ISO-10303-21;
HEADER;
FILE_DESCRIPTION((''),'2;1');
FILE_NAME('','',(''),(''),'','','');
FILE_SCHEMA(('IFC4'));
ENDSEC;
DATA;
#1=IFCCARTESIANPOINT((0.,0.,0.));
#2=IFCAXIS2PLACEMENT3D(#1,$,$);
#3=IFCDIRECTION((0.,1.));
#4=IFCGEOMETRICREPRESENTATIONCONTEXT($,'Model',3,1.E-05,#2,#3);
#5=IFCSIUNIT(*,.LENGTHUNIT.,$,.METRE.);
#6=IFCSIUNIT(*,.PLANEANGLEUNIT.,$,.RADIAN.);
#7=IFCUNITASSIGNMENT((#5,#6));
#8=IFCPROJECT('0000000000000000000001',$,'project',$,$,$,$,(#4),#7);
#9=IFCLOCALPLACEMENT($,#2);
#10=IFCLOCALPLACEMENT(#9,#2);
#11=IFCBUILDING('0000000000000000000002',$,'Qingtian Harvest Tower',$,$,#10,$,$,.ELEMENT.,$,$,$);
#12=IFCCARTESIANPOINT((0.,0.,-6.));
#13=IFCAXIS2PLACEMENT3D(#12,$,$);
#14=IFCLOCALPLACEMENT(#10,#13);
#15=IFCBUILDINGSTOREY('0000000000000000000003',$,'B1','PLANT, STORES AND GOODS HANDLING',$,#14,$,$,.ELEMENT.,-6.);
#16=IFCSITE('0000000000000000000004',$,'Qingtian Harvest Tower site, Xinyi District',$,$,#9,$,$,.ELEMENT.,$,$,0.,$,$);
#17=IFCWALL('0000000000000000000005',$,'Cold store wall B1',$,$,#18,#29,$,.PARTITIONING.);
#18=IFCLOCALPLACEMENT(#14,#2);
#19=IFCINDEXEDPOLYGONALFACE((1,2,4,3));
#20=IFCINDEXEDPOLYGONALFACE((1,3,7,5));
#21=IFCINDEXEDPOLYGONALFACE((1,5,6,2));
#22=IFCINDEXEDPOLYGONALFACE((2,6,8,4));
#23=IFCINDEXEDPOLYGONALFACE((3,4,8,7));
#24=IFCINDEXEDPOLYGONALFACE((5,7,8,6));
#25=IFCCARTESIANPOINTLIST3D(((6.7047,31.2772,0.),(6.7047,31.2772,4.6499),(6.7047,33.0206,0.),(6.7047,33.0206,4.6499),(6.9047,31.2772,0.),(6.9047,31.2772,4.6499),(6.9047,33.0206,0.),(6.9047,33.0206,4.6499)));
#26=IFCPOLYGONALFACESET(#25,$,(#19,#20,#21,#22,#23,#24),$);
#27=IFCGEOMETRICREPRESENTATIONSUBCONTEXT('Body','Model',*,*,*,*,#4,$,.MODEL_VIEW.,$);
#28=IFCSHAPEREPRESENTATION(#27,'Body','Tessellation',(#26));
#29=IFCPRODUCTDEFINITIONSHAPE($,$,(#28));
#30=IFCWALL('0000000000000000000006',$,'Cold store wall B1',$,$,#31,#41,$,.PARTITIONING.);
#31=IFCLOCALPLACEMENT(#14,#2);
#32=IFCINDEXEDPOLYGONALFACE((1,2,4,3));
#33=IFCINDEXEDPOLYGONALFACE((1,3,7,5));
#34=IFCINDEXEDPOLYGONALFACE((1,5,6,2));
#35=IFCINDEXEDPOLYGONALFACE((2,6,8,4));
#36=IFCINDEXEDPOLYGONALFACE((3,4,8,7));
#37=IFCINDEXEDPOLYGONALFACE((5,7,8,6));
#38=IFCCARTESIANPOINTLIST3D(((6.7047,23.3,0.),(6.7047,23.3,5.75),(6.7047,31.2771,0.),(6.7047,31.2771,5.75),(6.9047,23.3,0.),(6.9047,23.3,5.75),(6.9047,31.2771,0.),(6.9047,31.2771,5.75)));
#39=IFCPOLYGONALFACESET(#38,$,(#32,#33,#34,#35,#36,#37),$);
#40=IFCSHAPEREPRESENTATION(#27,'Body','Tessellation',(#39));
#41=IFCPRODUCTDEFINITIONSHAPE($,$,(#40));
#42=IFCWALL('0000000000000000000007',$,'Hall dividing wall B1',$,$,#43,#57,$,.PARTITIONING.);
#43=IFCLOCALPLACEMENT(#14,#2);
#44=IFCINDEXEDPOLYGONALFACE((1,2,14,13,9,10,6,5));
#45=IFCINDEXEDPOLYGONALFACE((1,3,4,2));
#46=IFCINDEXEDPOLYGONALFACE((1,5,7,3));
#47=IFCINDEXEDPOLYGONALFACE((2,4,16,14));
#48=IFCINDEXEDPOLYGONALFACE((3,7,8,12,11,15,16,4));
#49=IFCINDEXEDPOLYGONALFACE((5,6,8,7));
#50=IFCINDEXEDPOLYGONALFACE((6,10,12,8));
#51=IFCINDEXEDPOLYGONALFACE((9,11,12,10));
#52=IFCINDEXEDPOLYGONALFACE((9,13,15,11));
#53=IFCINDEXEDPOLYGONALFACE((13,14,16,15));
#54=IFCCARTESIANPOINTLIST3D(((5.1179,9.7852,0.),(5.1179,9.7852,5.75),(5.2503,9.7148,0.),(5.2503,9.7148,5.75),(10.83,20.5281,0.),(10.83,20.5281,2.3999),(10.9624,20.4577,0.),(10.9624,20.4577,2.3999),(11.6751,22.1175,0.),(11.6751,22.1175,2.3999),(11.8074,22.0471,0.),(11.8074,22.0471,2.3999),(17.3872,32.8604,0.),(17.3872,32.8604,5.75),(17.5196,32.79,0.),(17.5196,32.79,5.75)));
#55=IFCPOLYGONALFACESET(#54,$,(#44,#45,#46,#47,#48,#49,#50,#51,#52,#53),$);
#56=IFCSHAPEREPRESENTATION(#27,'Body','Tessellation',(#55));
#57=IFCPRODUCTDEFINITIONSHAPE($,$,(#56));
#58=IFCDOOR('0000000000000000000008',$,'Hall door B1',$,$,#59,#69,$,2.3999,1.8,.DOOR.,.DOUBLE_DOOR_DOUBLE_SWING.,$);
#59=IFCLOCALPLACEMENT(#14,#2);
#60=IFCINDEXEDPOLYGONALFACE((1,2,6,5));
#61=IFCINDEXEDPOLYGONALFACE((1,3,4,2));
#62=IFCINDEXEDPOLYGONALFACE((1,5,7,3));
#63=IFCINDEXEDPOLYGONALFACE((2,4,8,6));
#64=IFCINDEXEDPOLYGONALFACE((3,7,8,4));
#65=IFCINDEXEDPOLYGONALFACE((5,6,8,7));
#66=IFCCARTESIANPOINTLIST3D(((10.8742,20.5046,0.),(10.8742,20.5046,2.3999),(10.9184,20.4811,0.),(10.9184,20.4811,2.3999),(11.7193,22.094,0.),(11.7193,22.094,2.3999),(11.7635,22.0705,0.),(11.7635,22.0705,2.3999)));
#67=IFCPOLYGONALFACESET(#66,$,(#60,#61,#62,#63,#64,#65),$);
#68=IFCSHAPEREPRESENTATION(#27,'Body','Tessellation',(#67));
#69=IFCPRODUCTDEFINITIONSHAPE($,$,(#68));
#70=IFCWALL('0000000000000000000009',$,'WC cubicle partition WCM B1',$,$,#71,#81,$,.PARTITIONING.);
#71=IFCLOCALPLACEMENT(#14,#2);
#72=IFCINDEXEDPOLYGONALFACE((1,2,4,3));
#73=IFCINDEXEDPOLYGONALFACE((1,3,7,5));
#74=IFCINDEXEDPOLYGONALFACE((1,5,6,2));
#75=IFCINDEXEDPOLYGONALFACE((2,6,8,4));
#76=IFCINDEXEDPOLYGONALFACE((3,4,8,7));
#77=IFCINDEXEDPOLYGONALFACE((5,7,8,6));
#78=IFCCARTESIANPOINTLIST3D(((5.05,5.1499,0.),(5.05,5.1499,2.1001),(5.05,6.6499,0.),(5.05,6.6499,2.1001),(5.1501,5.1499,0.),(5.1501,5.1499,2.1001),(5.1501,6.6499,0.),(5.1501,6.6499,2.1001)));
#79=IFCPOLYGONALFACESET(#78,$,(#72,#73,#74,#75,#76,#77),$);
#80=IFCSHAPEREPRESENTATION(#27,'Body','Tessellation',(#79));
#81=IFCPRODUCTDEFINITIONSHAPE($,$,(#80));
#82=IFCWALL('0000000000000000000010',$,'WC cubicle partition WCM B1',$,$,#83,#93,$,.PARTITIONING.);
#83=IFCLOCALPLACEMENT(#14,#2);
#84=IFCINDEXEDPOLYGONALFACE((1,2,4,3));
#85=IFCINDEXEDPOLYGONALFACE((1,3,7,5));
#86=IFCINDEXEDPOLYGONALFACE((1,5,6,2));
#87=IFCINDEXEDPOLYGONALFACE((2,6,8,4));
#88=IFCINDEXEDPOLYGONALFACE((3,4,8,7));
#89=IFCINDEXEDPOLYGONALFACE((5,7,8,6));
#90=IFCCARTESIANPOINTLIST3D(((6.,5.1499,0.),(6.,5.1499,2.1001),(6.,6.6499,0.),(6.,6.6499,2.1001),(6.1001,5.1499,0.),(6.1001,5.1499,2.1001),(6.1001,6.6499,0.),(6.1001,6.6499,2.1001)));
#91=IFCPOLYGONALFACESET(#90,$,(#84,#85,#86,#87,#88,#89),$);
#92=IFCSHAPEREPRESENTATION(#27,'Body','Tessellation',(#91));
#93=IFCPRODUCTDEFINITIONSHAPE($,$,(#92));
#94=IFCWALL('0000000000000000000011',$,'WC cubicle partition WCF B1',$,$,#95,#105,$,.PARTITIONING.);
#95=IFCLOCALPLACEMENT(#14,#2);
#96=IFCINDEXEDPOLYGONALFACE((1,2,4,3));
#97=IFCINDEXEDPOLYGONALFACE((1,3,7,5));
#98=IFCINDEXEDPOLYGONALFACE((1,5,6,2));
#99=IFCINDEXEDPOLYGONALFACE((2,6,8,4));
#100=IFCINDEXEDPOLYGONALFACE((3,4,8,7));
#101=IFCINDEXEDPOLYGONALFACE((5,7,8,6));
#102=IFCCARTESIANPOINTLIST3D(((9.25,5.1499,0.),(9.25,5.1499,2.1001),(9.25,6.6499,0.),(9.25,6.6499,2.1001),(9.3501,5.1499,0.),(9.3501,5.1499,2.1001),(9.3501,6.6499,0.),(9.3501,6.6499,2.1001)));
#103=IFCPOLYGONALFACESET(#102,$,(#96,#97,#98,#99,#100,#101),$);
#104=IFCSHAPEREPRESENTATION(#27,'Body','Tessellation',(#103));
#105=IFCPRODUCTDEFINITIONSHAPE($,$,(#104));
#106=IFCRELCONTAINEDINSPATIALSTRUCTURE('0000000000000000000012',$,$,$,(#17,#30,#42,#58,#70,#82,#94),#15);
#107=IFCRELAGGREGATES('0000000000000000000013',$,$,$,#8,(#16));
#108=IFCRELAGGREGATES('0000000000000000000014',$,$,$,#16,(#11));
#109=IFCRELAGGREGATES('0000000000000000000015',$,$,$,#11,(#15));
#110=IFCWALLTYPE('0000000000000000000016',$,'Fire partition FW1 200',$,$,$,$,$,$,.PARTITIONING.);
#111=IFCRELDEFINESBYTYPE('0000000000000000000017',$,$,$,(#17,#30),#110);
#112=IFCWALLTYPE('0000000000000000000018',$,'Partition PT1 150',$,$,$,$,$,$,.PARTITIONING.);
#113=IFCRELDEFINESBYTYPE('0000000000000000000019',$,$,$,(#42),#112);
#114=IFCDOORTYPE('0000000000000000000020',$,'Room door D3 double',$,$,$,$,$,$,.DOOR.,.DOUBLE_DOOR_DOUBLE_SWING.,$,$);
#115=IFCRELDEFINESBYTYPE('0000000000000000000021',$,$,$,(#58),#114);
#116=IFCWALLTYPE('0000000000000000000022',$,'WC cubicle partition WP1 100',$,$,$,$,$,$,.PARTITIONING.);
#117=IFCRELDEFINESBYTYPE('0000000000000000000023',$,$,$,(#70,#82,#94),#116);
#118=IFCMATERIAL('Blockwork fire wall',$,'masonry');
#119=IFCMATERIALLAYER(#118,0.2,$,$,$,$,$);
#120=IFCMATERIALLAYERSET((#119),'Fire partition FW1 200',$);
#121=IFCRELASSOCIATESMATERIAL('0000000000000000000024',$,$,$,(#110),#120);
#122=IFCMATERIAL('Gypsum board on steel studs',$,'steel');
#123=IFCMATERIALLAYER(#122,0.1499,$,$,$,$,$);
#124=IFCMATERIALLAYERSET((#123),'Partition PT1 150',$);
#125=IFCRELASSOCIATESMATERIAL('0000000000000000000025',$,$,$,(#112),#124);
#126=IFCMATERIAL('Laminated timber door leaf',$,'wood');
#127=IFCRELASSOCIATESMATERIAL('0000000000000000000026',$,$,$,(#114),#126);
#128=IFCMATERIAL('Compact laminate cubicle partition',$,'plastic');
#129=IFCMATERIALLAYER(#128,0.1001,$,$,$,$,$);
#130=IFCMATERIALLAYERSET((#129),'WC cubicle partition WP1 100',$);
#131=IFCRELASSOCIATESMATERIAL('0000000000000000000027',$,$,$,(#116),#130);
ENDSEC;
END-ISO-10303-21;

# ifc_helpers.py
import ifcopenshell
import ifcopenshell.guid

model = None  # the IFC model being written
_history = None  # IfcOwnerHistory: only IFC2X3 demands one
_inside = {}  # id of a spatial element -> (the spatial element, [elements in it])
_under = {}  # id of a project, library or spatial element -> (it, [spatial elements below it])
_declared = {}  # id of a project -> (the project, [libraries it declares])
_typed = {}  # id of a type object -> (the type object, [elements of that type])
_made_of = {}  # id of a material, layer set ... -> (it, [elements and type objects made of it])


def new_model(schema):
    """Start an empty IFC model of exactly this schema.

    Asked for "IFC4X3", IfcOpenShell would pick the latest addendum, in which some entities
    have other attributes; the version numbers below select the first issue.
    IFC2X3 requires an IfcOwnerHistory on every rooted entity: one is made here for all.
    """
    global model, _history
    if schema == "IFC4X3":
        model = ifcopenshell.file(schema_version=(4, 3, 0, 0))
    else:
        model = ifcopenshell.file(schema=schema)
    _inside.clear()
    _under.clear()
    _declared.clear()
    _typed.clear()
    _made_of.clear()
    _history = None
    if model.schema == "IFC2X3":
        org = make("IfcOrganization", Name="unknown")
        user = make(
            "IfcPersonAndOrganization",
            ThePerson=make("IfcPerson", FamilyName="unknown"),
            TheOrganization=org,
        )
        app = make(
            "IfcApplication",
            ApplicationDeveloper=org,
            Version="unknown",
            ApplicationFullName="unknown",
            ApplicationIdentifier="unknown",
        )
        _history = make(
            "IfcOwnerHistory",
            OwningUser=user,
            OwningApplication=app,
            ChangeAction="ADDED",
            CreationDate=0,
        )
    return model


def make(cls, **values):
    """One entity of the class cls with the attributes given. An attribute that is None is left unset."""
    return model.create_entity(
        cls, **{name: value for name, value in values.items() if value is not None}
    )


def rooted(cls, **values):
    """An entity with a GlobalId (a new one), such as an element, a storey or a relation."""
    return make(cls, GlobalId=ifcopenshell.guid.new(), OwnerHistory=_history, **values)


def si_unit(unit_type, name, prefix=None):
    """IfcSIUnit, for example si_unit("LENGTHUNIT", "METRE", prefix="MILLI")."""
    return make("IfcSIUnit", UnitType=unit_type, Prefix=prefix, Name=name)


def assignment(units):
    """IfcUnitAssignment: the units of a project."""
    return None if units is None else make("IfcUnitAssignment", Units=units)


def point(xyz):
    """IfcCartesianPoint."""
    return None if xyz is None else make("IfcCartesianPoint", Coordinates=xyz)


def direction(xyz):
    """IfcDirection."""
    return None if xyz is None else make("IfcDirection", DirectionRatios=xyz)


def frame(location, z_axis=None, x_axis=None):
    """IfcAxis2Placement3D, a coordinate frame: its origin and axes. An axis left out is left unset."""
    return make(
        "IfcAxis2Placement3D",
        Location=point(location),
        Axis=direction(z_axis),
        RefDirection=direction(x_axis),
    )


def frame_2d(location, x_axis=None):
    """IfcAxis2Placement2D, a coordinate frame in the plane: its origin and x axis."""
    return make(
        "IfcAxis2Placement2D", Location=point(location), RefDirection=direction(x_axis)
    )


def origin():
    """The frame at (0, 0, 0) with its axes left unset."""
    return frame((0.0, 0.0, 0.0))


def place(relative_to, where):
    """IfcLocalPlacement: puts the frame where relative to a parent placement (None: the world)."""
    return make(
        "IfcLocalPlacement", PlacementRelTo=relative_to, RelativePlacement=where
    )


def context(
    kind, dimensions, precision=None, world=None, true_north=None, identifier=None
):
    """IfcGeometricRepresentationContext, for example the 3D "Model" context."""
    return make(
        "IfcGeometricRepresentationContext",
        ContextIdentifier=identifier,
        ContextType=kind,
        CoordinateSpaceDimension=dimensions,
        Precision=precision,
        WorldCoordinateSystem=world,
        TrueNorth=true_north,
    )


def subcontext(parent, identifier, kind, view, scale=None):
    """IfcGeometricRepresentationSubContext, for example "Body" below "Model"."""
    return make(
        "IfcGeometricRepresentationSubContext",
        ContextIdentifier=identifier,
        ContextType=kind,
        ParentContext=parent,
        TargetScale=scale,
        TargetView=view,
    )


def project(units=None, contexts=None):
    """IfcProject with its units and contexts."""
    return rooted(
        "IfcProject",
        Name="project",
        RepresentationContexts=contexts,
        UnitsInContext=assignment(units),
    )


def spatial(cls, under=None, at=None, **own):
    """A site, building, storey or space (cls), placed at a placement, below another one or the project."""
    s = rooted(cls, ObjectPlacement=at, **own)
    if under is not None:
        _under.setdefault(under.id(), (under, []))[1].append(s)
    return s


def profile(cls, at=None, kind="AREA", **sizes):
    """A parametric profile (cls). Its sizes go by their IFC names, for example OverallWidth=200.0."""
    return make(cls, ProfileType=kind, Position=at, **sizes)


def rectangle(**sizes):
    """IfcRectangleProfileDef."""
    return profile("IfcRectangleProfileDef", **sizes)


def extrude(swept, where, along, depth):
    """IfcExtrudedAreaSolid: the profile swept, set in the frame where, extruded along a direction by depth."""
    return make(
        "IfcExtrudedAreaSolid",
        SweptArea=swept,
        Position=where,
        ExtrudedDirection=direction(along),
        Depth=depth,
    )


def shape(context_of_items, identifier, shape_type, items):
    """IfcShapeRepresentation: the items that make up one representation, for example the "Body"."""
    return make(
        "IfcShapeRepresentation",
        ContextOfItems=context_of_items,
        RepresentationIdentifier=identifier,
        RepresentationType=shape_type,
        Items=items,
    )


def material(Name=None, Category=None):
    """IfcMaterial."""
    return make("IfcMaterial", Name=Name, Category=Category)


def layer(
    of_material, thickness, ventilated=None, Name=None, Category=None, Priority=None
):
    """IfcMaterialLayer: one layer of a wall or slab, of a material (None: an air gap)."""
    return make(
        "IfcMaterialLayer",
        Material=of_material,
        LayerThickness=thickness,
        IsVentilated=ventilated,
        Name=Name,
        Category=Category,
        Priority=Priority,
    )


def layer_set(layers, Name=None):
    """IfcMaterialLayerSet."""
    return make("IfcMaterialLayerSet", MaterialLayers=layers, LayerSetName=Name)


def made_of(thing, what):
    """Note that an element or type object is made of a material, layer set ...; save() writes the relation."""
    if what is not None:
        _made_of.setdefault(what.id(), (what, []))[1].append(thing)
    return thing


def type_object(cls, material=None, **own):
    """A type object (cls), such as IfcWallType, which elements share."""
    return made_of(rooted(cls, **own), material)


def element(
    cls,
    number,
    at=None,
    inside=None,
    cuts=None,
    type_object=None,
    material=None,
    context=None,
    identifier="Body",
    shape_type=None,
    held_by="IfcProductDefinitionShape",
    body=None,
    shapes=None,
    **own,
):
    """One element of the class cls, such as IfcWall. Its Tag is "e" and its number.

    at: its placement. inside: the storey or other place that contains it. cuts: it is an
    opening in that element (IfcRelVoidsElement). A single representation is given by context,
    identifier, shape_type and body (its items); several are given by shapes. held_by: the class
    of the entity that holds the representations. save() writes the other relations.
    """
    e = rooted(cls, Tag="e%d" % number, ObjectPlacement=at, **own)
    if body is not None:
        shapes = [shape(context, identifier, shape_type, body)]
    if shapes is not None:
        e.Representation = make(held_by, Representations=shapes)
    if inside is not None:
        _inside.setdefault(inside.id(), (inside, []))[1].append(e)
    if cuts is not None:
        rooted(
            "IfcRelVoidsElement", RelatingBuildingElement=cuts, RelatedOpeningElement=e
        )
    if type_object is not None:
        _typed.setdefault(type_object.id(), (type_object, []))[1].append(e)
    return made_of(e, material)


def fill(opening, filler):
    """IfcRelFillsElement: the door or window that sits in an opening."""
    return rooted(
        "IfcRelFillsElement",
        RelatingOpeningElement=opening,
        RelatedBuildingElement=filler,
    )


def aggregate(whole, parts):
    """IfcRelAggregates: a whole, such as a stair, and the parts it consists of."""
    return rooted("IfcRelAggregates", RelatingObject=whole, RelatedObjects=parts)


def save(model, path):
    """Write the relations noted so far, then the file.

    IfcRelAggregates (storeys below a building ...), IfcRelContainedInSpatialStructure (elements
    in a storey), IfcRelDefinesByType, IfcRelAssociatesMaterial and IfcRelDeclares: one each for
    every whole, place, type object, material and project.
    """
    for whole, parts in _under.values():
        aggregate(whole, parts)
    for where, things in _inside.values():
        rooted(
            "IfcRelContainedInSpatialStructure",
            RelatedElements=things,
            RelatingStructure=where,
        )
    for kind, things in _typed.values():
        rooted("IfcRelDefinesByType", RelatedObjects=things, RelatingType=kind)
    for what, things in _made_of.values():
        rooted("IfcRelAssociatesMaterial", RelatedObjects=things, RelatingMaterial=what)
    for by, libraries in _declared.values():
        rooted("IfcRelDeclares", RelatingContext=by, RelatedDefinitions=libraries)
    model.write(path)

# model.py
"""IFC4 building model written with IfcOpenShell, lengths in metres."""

from ifc_helpers import new_model, si_unit, direction, frame, frame_2d, origin, place, context, subcontext, project, spatial, rectangle, extrude, material, layer, layer_set, type_object, element, fill, save


model = new_model("IFC4")

# Units and contexts
model_context = context("Model", 3, precision=1e-05, world=origin(), true_north=direction((0.0, 1.0)))
body_context = subcontext(model_context, "Body", "Model", "MODEL_VIEW")
ifc_project = project(units=[si_unit("LENGTHUNIT", "METRE"), si_unit("PLANEANGLEUNIT", "RADIAN")], contexts=[model_context])

# Site, building, storey
site_placement = place(None, origin())
site = spatial("IfcSite", under=ifc_project, at=site_placement, Name="Qingtian Harvest Tower site, Xinyi District", CompositionType="ELEMENT", RefElevation=0.0)
building_placement = place(site_placement, origin())
building = spatial("IfcBuilding", under=site, at=building_placement, Name="Qingtian Harvest Tower", CompositionType="ELEMENT")
storey_placement = place(building_placement, frame((0.0, 0.0, -6.0)))
storey = spatial("IfcBuildingStorey", under=building, at=storey_placement, Name="B1", Description="PLANT, STORES AND GOODS HANDLING", CompositionType="ELEMENT", Elevation=-6.0)

# Walls
ifc_material_1 = material(Name="Blockwork fire wall", Category="masonry")
ifc_layer_1 = layer(ifc_material_1, 0.2)
ifc_layer_set_1 = layer_set([ifc_layer_1], Name="Fire partition FW1 200")
wall_type_1 = type_object("IfcWallType", Name="Fire partition FW1 200", PredefinedType="PARTITIONING", material=ifc_layer_set_1)
wall_1_placement = place(storey_placement, frame((6.8047, 33.0205, 0.0), z_axis=(0.0, 0.0, 1.0), x_axis=(0.0, -1.0, 0.0)))
element("IfcWall", 1, at=wall_1_placement, inside=storey, type_object=wall_type_1, Name="Cold store wall B1", PredefinedType="PARTITIONING", context=body_context, shape_type="SweptSolid", body=[
    extrude(rectangle(XDim=1.7434, YDim=0.2, at=frame_2d((0.8716, 0.0))), origin(), (0.0, 0.0, 1.0), 4.6499),
])
wall_2_placement = place(storey_placement, frame((6.8047, 31.2771, 0.0), z_axis=(0.0, 0.0, 1.0), x_axis=(0.0, -1.0, 0.0)))
element("IfcWall", 2, at=wall_2_placement, inside=storey, type_object=wall_type_1, Name="Cold store wall B1", PredefinedType="PARTITIONING", context=body_context, shape_type="SweptSolid", body=[
    extrude(rectangle(XDim=7.9771, YDim=0.2, at=frame_2d((3.9885, 0.0))), origin(), (0.0, 0.0, 1.0), 5.75),
])

# Wall, opening, door
ifc_material_2 = material(Name="Gypsum board on steel studs", Category="steel")
ifc_layer_2 = layer(ifc_material_2, 0.1499)
ifc_layer_set_2 = layer_set([ifc_layer_2], Name="Partition PT1 150")
wall_type_2 = type_object("IfcWallType", Name="Partition PT1 150", PredefinedType="PARTITIONING", material=ifc_layer_set_2)
wall_3_placement = place(storey_placement, frame((5.1841, 9.75, 0.0), z_axis=(0.0, 0.0, 1.0), x_axis=(0.469471, 0.882948, 0.0)))
wall_3 = element("IfcWall", 3, at=wall_3_placement, inside=storey, type_object=wall_type_2, Name="Hall dividing wall B1", PredefinedType="PARTITIONING", context=body_context, shape_type="SweptSolid", body=[
    extrude(rectangle(XDim=26.1343, YDim=0.1499, at=frame_2d((13.0671, 0.0))), origin(), (0.0, 0.0, 1.0), 5.75),
])
opening_1_placement = place(wall_3_placement, frame((12.1672, 0.0, 0.0)))
opening_1 = element("IfcOpeningElement", 4, at=opening_1_placement, cuts=wall_3, PredefinedType="OPENING", context=body_context, shape_type="SweptSolid", body=[
    extrude(rectangle(XDim=1.8, YDim=2.3999, at=frame_2d((0.8999, 1.2))), frame((0.0, 0.085, 0.0), z_axis=(0.0, -1.0, 0.0), x_axis=(1.0, 0.0, 0.0)), (0.0, 0.0, 1.0), 0.1699),
])
ifc_material_3 = material(Name="Laminated timber door leaf", Category="wood")
door_type_1 = type_object("IfcDoorType", Name="Room door D3 double", OperationType="DOUBLE_DOOR_DOUBLE_SWING", PredefinedType="DOOR", material=ifc_material_3)
door_1_placement = place(opening_1_placement, origin())
door_1 = element("IfcDoor", 5, at=door_1_placement, inside=storey, type_object=door_type_1, Name="Hall door B1", OperationType="DOUBLE_DOOR_DOUBLE_SWING", OverallHeight=2.3999, OverallWidth=1.8, PredefinedType="DOOR", context=body_context, shape_type="SweptSolid", body=[
    extrude(rectangle(XDim=1.8, YDim=2.3999, at=frame_2d((0.8999, 1.2))), frame((0.0, 0.0249, 0.0), z_axis=(0.0, -1.0, 0.0), x_axis=(1.0, 0.0, 0.0)), (0.0, 0.0, 1.0), 0.05),
])
fill(opening_1, door_1)

# Walls
ifc_material_4 = material(Name="Compact laminate cubicle partition", Category="plastic")
ifc_layer_3 = layer(ifc_material_4, 0.1001)
ifc_layer_set_3 = layer_set([ifc_layer_3], Name="WC cubicle partition WP1 100")
wall_type_3 = type_object("IfcWallType", Name="WC cubicle partition WP1 100", PredefinedType="PARTITIONING", material=ifc_layer_set_3)
for number, where, z_axis, x_axis, name in (
    (6, (5.1001, 5.1499, 0.0), (0.0, 0.0, 1.0), (0.0, 1.0, 0.0), "WC cubicle partition WCM B1"),
    (7, (6.05, 5.1499, 0.0), (0.0, 0.0, 1.0), (0.0, 1.0, 0.0), "WC cubicle partition WCM B1"),
    (8, (9.3, 5.1499, 0.0), (0.0, 0.0, 1.0), (0.0, 1.0, 0.0), "WC cubicle partition WCF B1"),
):
    element("IfcWall", number, at=place(storey_placement, frame(where, z_axis=z_axis, x_axis=x_axis)), inside=storey, type_object=wall_type_3, Name=name, PredefinedType="PARTITIONING", context=body_context, shape_type="SweptSolid", body=[
        extrude(rectangle(XDim=1.5, YDim=0.1001, at=frame_2d((0.75, 0.0))), origin(), (0.0, 0.0, 1.0), 2.1001),
    ])

save(model, "model.ifc")
